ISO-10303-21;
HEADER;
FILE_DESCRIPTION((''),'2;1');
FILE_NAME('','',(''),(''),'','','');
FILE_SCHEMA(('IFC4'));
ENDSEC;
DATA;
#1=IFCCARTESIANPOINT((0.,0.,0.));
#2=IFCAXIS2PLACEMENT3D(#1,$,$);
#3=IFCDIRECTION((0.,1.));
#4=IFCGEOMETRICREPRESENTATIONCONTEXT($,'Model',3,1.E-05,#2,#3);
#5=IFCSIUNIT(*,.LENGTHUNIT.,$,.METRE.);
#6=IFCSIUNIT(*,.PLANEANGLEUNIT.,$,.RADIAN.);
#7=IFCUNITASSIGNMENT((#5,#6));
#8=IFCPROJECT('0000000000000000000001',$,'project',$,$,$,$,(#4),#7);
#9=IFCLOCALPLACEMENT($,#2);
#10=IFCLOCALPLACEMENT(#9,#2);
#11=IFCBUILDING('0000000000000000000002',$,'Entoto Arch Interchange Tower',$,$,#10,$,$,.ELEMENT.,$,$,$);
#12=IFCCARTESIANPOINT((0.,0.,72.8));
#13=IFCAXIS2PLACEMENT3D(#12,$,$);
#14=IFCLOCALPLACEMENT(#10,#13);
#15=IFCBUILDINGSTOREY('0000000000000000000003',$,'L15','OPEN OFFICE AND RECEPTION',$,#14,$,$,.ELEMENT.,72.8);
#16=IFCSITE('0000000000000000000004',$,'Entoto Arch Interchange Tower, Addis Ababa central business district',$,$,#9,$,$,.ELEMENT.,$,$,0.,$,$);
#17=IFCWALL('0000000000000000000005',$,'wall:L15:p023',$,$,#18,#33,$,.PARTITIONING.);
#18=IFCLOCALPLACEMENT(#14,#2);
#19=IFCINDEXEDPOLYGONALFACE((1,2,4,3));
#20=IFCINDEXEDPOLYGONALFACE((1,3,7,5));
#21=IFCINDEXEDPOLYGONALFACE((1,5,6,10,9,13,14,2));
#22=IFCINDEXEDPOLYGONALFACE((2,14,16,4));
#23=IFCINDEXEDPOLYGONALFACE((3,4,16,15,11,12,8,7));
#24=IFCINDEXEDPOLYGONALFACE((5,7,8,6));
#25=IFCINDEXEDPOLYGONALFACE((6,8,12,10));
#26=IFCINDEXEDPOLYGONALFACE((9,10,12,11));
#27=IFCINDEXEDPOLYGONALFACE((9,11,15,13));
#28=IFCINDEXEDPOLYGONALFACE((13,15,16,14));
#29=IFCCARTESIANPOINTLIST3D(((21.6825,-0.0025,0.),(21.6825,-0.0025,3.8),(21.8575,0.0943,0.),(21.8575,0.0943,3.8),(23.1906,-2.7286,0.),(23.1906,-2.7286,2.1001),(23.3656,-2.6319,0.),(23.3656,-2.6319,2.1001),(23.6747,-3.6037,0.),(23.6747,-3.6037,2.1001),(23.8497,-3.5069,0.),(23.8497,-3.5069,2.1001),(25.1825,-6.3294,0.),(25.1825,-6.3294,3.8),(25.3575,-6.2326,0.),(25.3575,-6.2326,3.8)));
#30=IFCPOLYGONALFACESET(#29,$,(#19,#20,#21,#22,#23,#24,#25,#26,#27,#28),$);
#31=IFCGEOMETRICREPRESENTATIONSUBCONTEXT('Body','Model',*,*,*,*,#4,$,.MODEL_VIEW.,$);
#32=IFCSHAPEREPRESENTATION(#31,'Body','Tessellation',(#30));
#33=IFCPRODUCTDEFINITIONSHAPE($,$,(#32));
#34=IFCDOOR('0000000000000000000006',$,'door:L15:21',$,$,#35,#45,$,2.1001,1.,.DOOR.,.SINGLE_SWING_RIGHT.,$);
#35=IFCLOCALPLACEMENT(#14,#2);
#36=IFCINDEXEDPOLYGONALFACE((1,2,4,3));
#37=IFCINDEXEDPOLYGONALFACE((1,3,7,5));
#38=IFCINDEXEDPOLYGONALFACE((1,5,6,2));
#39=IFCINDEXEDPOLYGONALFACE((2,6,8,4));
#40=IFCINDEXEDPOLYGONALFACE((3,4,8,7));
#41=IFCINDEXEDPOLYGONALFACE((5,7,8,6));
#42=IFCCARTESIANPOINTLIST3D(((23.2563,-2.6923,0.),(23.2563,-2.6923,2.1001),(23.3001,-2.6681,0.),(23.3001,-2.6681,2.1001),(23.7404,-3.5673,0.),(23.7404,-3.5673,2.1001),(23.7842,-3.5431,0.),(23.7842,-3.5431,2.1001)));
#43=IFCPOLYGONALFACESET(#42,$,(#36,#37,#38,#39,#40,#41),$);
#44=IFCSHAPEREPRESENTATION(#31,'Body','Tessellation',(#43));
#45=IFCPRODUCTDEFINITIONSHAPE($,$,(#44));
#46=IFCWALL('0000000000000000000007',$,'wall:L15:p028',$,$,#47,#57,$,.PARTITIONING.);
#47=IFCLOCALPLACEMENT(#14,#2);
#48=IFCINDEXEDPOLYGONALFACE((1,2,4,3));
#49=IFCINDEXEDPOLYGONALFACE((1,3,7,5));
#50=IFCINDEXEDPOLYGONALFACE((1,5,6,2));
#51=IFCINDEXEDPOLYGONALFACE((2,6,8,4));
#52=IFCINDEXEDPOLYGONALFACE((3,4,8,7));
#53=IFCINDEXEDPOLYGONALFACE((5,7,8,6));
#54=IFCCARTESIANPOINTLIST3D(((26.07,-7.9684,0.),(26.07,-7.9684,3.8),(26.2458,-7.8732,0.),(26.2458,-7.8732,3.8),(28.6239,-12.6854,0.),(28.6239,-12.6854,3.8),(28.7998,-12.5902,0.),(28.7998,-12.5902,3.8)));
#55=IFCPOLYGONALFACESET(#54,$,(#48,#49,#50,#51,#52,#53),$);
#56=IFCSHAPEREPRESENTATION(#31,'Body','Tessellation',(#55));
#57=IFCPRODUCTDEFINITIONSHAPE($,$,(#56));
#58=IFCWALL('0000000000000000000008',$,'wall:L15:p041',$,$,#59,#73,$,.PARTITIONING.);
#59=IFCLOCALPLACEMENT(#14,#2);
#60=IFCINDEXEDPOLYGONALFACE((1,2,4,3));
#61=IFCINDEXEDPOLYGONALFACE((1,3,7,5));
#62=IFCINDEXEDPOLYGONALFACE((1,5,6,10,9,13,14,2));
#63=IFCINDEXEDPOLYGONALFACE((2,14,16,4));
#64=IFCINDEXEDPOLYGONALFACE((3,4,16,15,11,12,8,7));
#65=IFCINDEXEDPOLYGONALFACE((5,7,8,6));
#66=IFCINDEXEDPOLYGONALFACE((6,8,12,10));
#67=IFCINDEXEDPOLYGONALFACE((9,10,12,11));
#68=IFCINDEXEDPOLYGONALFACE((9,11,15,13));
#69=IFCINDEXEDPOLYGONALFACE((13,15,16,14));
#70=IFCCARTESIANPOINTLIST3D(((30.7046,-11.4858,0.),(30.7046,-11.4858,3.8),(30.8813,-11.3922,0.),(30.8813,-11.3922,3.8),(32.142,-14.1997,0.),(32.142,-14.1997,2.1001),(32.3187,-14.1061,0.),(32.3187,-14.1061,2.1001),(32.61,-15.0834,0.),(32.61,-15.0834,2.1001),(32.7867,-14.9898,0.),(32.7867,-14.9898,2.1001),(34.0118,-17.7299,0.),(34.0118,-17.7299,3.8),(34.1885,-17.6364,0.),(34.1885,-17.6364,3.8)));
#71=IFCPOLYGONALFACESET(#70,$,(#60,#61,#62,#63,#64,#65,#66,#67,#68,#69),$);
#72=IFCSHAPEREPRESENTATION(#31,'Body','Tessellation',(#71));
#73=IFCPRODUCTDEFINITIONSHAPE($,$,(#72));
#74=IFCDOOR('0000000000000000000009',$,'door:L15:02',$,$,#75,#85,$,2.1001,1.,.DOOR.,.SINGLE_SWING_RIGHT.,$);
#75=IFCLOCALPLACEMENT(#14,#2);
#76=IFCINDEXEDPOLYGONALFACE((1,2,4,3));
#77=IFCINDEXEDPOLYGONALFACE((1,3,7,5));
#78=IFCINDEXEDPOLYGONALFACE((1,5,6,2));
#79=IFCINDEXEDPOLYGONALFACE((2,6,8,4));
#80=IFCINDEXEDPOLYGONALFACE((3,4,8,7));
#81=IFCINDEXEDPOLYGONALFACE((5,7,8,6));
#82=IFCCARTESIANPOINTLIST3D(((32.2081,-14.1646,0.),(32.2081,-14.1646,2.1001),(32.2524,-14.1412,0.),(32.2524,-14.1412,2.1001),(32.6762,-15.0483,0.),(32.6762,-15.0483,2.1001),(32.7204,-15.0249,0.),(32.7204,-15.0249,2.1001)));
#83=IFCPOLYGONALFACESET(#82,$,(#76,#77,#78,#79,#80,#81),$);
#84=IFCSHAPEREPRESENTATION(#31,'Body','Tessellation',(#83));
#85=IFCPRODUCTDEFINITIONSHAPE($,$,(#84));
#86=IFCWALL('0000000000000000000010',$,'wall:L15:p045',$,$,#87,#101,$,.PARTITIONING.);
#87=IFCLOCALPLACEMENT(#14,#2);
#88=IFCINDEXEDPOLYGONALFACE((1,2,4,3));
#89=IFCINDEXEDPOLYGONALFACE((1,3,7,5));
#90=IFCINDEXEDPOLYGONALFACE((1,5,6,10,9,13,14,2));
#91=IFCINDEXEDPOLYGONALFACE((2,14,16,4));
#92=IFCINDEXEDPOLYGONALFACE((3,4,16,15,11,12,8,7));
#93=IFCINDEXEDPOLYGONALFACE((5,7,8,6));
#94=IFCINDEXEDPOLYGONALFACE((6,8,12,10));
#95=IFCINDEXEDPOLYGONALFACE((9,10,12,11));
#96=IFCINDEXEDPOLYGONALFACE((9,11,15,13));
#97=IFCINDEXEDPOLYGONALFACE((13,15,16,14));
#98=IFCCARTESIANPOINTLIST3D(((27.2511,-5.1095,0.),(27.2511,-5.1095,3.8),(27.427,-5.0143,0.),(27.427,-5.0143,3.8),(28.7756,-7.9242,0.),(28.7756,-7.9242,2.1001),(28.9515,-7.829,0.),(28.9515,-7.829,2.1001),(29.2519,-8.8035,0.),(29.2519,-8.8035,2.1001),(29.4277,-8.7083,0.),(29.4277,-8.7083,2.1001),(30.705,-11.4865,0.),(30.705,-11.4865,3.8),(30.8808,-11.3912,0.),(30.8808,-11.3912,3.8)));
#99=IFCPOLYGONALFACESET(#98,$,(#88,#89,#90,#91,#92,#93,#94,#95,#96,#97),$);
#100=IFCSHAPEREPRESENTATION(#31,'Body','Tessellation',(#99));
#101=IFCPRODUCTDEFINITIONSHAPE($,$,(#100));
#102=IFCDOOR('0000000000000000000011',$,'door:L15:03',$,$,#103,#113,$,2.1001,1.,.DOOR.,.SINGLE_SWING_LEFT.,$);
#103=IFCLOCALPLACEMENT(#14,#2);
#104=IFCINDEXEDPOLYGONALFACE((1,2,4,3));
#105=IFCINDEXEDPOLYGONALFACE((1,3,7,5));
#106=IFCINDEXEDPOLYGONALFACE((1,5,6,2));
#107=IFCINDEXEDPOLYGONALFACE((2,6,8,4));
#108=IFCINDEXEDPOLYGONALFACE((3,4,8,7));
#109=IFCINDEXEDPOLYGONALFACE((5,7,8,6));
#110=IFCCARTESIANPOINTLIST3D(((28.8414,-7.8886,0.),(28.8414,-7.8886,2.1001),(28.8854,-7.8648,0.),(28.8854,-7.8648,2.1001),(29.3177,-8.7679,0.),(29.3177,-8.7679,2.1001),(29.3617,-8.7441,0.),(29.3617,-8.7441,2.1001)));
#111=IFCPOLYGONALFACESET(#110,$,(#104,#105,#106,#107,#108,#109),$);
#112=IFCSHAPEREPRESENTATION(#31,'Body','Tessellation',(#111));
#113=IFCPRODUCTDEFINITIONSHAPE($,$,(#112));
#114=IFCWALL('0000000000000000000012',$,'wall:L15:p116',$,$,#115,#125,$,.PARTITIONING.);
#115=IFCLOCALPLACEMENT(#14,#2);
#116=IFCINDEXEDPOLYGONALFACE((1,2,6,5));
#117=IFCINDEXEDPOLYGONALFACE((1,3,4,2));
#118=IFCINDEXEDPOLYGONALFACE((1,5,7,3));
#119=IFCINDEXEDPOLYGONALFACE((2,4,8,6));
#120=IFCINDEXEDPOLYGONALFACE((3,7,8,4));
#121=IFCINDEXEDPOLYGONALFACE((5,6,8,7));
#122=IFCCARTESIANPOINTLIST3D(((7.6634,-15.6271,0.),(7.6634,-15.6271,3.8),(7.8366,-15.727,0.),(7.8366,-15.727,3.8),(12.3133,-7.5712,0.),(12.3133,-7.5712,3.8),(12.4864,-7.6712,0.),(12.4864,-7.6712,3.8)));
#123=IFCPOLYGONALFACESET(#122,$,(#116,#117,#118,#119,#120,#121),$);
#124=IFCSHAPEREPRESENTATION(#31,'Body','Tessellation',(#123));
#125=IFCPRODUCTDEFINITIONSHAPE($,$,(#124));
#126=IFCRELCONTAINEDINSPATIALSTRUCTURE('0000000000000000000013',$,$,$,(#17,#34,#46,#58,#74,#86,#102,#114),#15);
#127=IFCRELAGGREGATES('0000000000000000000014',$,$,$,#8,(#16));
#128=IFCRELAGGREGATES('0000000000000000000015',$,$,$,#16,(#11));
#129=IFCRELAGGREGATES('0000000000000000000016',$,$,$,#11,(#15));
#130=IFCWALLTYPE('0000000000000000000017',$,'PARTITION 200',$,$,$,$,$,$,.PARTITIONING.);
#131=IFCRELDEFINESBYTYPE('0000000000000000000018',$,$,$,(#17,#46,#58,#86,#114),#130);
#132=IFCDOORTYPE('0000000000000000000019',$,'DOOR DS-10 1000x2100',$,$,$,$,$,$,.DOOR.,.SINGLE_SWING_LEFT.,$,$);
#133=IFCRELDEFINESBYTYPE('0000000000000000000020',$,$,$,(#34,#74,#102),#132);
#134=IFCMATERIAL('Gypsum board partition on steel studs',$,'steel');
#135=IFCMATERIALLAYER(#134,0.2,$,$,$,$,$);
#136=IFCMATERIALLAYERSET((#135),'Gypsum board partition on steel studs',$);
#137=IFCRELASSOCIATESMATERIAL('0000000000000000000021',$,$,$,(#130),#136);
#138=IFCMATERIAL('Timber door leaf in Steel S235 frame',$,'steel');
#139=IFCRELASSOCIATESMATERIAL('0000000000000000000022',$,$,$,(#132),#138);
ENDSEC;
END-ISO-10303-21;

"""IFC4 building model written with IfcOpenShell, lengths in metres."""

from ifc_helpers import new_model, si_unit, direction, frame, frame_2d, origin, place, context, subcontext, project, spatial, rectangle, extrude, material, layer, layer_set, type_object, element, fill, save


model = new_model("IFC4")

# Units and contexts
model_context = context("Model", 3, precision=1e-05, world=origin(), true_north=direction((0.0, 1.0)))
body_context = subcontext(model_context, "Body", "Model", "MODEL_VIEW")
ifc_project = project(units=[si_unit("LENGTHUNIT", "METRE"), si_unit("PLANEANGLEUNIT", "RADIAN")], contexts=[model_context])

# Site, building, storey
site_placement = place(None, origin())
site = spatial("IfcSite", under=ifc_project, at=site_placement, Name="Entoto Arch Interchange Tower, Addis Ababa central business district", CompositionType="ELEMENT", RefElevation=0.0)
building_placement = place(site_placement, origin())
building = spatial("IfcBuilding", under=site, at=building_placement, Name="Entoto Arch Interchange Tower", CompositionType="ELEMENT")
storey_placement = place(building_placement, frame((0.0, 0.0, 72.8)))
storey = spatial("IfcBuildingStorey", under=building, at=storey_placement, Name="L15", Description="OPEN OFFICE AND RECEPTION", CompositionType="ELEMENT", Elevation=72.8)

# Shared definitions
ifc_material_1 = material(Name="Gypsum board partition on steel studs", Category="steel")
ifc_layer_1 = layer(ifc_material_1, 0.2)
ifc_layer_set_1 = layer_set([ifc_layer_1], Name="Gypsum board partition on steel studs")
wall_type_1 = type_object("IfcWallType", Name="PARTITION 200", PredefinedType="PARTITIONING", material=ifc_layer_set_1)

# Wall, opening, door
wall_1_placement = place(storey_placement, frame((25.27, -6.281, 0.0), z_axis=(0.0, 0.0, 1.0), x_axis=(-0.484062, 0.875033, 0.0)))
wall_1 = element("IfcWall", 1, at=wall_1_placement, inside=storey, type_object=wall_type_1, Name="wall:L15:p023", PredefinedType="PARTITIONING", context=body_context, shape_type="SweptSolid", body=[
    extrude(rectangle(XDim=7.2305, YDim=0.2, at=frame_2d((3.6152, 0.0))), origin(), (0.0, 0.0, 1.0), 3.8),
])
opening_1_placement = place(wall_1_placement, frame((3.115, 0.0, 0.0)))
opening_1 = element("IfcOpeningElement", 2, at=opening_1_placement, cuts=wall_1, PredefinedType="OPENING", context=body_context, shape_type="SweptSolid", body=[
    extrude(rectangle(XDim=1.0, YDim=2.1001, at=frame_2d((0.5, 1.05))), frame((0.0, 0.1099, 0.0), z_axis=(0.0, -1.0, 0.0), x_axis=(1.0, 0.0, 0.0)), (0.0, 0.0, 1.0), 0.22),
])
ifc_material_2 = material(Name="Timber door leaf in Steel S235 frame", Category="steel")
door_type_1 = type_object("IfcDoorType", Name="DOOR DS-10 1000x2100", OperationType="SINGLE_SWING_LEFT", PredefinedType="DOOR", material=ifc_material_2)
door_1_placement = place(opening_1_placement, origin())
door_1 = element("IfcDoor", 3, at=door_1_placement, inside=storey, type_object=door_type_1, Name="door:L15:21", OperationType="SINGLE_SWING_RIGHT", OverallHeight=2.1001, OverallWidth=1.0, PredefinedType="DOOR", context=body_context, shape_type="SweptSolid", body=[
    extrude(rectangle(XDim=1.0, YDim=2.1001, at=frame_2d((0.5, 1.05))), frame((0.0, 0.0249, 0.0), z_axis=(0.0, -1.0, 0.0), x_axis=(1.0, 0.0, 0.0)), (0.0, 0.0, 1.0), 0.05),
])
fill(opening_1, door_1)

# Wall
wall_2_placement = place(storey_placement, frame((28.7119, -12.6379, 0.0), z_axis=(0.0, 0.0, 1.0), x_axis=(-0.476123, 0.879379, 0.0)))
element("IfcWall", 4, at=wall_2_placement, inside=storey, type_object=wall_type_1, Name="wall:L15:p028", PredefinedType="PARTITIONING", context=body_context, shape_type="SweptSolid", body=[
    extrude(rectangle(XDim=5.364, YDim=0.2, at=frame_2d((2.6821, 0.0))), origin(), (0.0, 0.0, 1.0), 3.8),
])

# Walls, openings, doors
wall_3_placement = place(storey_placement, frame((30.793, -11.439, 0.0), z_axis=(0.0, 0.0, 1.0), x_axis=(0.468043, -0.883706, 0.0)))
wall_3 = element("IfcWall", 5, at=wall_3_placement, inside=storey, type_object=wall_type_1, Name="wall:L15:p041", PredefinedType="PARTITIONING", context=body_context, shape_type="SweptSolid", body=[
    extrude(rectangle(XDim=7.0659, YDim=0.2, at=frame_2d((3.533, 0.0))), origin(), (0.0, 0.0, 1.0), 3.8),
])
opening_2_placement = place(wall_3_placement, frame((3.071, 0.0, 0.0)))
opening_2 = element("IfcOpeningElement", 6, at=opening_2_placement, cuts=wall_3, PredefinedType="OPENING", context=body_context, shape_type="SweptSolid", body=[
    extrude(rectangle(XDim=1.0, YDim=2.1001, at=frame_2d((0.5, 1.05))), frame((0.0, 0.1099, 0.0), z_axis=(0.0, -1.0, 0.0), x_axis=(1.0, 0.0, 0.0)), (0.0, 0.0, 1.0), 0.22),
])
door_2_placement = place(opening_2_placement, origin())
door_2 = element("IfcDoor", 7, at=door_2_placement, inside=storey, type_object=door_type_1, Name="door:L15:02", OperationType="SINGLE_SWING_RIGHT", OverallHeight=2.1001, OverallWidth=1.0, PredefinedType="DOOR", context=body_context, shape_type="SweptSolid", body=[
    extrude(rectangle(XDim=1.0, YDim=2.1001, at=frame_2d((0.5, 1.05))), frame((0.0, 0.0249, 0.0), z_axis=(0.0, -1.0, 0.0), x_axis=(1.0, 0.0, 0.0)), (0.0, 0.0, 1.0), 0.05),
])
fill(opening_2, door_2)
wall_4_placement = place(storey_placement, frame((27.3391, -5.062, 0.0), z_axis=(0.0, 0.0, 1.0), x_axis=(0.476248, -0.879311, 0.0)))
wall_4 = element("IfcWall", 8, at=wall_4_placement, inside=storey, type_object=wall_type_1, Name="wall:L15:p045", PredefinedType="PARTITIONING", context=body_context, shape_type="SweptSolid", body=[
    extrude(rectangle(XDim=7.2522, YDim=0.2, at=frame_2d((3.626, 0.0))), origin(), (0.0, 0.0, 1.0), 3.8),
])
opening_3_placement = place(wall_4_placement, frame((3.2009, 0.0, 0.0)))
opening_3 = element("IfcOpeningElement", 9, at=opening_3_placement, cuts=wall_4, PredefinedType="OPENING", context=body_context, shape_type="SweptSolid", body=[
    extrude(rectangle(XDim=1.0, YDim=2.1001, at=frame_2d((0.5, 1.05))), frame((0.0, 0.1099, 0.0), z_axis=(0.0, -1.0, 0.0), x_axis=(1.0, 0.0, 0.0)), (0.0, 0.0, 1.0), 0.22),
])
door_3_placement = place(opening_3_placement, origin())
door_3 = element("IfcDoor", 10, at=door_3_placement, inside=storey, type_object=door_type_1, Name="door:L15:03", OperationType="SINGLE_SWING_LEFT", OverallHeight=2.1001, OverallWidth=1.0, PredefinedType="DOOR", context=body_context, shape_type="SweptSolid", body=[
    extrude(rectangle(XDim=1.0, YDim=2.1001, at=frame_2d((0.5, 1.05))), frame((0.0, 0.0249, 0.0), z_axis=(0.0, -1.0, 0.0), x_axis=(1.0, 0.0, 0.0)), (0.0, 0.0, 1.0), 0.05),
])
fill(opening_3, door_3)

# Wall
wall_5_placement = place(storey_placement, frame((12.3999, -7.6211, 0.0), z_axis=(0.0, 0.0, 1.0), x_axis=(-0.499905, -0.86608, 0.0)))
element("IfcWall", 11, at=wall_5_placement, inside=storey, type_object=wall_type_1, Name="wall:L15:p116", PredefinedType="PARTITIONING", context=body_context, shape_type="SweptSolid", body=[
    extrude(rectangle(XDim=9.3015, YDim=0.2, at=frame_2d((4.6509, 0.0))), origin(), (0.0, 0.0, 1.0), 3.8),
])

save(model, "model.ifc")
